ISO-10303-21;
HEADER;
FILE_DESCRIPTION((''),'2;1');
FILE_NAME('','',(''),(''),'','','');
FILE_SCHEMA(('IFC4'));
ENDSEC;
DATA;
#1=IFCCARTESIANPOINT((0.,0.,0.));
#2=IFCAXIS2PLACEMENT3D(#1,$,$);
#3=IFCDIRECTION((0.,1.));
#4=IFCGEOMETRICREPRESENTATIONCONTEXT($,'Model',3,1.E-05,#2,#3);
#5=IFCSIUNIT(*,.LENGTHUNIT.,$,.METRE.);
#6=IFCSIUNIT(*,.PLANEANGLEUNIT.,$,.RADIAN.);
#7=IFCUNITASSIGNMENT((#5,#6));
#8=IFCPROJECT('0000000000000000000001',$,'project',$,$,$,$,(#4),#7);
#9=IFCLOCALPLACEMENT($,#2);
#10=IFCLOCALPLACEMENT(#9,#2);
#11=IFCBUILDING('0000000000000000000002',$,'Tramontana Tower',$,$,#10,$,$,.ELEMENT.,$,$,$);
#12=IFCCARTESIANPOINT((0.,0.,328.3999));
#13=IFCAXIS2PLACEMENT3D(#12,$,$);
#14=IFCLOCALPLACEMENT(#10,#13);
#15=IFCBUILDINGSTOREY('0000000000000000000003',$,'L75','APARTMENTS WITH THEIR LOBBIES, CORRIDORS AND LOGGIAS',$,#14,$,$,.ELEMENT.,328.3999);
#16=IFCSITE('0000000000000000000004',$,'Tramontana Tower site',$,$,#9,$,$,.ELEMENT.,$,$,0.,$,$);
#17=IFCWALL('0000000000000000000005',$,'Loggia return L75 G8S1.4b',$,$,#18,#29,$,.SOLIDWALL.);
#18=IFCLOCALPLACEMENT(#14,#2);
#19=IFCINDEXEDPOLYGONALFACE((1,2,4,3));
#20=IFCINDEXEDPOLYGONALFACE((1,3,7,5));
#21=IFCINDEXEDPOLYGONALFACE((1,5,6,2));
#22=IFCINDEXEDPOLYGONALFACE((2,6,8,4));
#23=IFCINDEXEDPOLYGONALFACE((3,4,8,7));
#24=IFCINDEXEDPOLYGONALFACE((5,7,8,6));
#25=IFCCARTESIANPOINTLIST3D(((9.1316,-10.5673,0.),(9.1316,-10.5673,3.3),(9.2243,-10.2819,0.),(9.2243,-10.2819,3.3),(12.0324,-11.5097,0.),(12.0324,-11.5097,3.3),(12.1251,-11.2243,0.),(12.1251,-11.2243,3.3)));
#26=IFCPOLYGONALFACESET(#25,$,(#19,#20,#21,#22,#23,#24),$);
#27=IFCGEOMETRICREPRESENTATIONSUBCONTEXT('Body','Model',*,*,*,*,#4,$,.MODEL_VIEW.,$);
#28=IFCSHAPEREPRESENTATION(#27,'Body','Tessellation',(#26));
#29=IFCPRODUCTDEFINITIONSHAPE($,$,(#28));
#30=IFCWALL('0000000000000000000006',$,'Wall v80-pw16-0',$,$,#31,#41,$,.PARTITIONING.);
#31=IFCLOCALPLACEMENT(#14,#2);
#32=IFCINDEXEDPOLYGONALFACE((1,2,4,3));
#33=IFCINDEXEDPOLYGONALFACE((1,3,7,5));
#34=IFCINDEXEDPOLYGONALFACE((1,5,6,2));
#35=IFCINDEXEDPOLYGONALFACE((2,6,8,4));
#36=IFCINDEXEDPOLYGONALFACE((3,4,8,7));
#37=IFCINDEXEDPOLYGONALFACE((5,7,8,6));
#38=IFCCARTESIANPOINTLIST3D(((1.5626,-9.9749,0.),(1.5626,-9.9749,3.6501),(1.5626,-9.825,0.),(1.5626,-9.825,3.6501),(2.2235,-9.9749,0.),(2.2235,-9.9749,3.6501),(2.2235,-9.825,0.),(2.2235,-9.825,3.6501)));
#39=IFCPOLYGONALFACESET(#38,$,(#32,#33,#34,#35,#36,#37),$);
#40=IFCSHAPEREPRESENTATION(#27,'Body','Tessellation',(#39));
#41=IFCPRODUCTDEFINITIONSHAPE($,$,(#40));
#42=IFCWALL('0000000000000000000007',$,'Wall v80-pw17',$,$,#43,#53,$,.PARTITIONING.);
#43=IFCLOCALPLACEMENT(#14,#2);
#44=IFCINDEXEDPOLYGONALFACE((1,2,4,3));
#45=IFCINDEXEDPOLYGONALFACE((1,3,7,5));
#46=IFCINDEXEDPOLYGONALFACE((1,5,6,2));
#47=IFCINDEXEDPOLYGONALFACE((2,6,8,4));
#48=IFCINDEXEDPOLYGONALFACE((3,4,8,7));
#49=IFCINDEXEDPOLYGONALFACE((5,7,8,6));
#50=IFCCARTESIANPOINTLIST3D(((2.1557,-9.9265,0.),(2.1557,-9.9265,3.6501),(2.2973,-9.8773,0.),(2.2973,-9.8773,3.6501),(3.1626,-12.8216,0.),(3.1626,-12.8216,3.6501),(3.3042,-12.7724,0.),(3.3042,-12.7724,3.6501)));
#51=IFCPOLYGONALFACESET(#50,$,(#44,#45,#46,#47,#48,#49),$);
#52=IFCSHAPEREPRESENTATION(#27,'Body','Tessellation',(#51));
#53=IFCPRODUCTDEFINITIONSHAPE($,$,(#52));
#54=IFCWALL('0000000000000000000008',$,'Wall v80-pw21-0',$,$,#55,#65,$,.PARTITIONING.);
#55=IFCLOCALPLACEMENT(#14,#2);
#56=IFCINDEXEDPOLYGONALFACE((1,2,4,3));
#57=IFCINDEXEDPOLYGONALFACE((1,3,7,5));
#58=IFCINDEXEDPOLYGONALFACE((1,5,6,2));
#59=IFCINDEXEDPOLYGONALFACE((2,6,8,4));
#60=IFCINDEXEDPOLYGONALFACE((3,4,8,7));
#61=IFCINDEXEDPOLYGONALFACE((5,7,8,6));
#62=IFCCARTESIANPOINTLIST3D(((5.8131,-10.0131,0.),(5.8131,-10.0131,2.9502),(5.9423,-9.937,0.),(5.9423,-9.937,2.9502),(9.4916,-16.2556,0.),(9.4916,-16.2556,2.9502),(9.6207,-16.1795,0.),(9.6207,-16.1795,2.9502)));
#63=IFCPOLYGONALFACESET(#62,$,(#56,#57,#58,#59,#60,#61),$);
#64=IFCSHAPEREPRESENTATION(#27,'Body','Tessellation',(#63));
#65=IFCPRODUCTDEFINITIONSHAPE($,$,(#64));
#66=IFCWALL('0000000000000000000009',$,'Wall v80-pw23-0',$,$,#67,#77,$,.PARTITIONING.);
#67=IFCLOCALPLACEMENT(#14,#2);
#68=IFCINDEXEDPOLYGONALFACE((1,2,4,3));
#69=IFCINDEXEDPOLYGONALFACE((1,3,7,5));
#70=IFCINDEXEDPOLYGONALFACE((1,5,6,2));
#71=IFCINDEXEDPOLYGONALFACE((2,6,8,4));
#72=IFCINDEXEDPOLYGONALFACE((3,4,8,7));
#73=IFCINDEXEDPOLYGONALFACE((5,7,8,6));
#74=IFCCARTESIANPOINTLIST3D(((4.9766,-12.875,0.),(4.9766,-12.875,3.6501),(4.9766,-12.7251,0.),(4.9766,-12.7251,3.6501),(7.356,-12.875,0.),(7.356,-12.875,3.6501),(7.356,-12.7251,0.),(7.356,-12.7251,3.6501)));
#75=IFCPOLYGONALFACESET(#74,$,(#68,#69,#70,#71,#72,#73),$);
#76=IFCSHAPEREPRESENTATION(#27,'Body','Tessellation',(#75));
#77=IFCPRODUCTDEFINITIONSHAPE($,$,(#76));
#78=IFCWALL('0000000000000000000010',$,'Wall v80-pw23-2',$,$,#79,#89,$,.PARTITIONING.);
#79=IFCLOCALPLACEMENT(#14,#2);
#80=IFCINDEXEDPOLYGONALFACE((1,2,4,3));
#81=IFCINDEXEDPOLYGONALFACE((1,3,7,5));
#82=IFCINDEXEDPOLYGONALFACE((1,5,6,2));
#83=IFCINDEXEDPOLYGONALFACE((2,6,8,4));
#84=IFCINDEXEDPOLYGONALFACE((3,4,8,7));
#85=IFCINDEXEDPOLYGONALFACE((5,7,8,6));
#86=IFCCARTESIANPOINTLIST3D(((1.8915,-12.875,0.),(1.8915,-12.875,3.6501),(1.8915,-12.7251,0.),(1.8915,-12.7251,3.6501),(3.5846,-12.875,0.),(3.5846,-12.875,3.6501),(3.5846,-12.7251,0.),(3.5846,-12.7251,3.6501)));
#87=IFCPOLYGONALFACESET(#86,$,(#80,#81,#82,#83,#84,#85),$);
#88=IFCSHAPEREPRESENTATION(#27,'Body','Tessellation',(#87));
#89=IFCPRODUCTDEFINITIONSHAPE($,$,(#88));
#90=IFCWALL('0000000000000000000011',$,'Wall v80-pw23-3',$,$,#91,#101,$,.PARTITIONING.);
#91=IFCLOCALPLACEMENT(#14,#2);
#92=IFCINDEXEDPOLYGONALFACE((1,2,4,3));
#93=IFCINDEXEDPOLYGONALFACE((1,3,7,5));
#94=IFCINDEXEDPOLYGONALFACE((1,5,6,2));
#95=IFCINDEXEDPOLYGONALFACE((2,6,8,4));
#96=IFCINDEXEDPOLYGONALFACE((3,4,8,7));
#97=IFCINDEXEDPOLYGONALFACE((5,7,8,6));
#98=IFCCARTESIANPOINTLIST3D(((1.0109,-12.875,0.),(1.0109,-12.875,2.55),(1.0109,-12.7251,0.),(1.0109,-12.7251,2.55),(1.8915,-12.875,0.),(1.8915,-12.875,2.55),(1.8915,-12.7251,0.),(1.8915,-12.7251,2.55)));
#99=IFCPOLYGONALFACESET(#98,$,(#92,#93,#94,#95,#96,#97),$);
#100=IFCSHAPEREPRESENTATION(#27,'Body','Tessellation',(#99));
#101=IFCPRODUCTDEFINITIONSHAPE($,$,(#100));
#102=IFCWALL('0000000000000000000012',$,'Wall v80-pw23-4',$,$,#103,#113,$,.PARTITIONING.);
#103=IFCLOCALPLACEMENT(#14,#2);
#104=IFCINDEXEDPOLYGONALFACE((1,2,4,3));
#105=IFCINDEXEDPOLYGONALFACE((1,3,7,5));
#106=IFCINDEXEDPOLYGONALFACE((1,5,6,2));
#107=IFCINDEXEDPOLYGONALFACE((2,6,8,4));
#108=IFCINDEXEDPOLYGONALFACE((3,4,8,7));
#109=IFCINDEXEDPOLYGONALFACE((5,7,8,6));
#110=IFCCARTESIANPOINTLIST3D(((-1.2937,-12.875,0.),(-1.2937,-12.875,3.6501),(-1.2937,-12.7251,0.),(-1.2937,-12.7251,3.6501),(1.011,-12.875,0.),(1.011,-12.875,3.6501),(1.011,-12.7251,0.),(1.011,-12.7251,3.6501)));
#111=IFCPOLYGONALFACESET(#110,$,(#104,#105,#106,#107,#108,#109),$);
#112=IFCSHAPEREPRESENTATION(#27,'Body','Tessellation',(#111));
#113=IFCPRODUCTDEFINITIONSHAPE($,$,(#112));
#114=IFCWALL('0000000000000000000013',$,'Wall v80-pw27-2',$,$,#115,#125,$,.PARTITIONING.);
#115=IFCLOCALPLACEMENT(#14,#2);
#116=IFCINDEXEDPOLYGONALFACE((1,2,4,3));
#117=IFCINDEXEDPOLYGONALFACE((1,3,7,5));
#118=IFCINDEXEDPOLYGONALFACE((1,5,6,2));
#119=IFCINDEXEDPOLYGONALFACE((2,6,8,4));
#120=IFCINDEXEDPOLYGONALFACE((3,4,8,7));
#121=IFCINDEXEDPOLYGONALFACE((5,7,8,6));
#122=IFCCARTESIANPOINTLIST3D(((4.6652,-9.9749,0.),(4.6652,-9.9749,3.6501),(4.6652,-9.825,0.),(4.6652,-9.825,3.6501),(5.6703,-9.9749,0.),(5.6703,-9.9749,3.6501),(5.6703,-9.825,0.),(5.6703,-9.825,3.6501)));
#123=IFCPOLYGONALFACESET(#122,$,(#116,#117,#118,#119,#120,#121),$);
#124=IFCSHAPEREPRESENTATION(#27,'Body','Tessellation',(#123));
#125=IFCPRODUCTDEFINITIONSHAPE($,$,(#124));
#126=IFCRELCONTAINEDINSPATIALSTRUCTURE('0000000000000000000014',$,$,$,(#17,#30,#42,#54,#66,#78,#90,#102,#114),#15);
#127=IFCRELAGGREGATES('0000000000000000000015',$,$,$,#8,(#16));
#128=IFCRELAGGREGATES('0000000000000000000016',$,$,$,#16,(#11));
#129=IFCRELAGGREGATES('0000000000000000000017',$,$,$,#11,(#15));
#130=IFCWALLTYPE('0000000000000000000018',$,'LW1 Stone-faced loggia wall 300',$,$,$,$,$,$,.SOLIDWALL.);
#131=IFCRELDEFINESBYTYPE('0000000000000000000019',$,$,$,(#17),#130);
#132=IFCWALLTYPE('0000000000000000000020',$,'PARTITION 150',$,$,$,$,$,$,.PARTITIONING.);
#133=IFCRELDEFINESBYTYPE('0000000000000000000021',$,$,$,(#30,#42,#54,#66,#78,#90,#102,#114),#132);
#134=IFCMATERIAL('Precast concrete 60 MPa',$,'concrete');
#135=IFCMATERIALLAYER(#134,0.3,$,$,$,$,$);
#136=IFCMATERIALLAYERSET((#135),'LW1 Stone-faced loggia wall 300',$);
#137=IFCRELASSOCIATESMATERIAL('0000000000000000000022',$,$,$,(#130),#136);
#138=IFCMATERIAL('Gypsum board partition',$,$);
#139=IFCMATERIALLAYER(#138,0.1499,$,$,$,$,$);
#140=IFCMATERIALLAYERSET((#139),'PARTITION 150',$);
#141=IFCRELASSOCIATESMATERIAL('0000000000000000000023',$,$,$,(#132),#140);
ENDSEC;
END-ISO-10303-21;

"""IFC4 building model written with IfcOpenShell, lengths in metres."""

from ifc_helpers import new_model, si_unit, direction, frame, frame_2d, origin, place, context, subcontext, project, spatial, rectangle, extrude, material, layer, layer_set, type_object, element, save


model = new_model("IFC4")

# Units and contexts
model_context = context("Model", 3, precision=1e-05, world=origin(), true_north=direction((0.0, 1.0)))
body_context = subcontext(model_context, "Body", "Model", "MODEL_VIEW")
ifc_project = project(units=[si_unit("LENGTHUNIT", "METRE"), si_unit("PLANEANGLEUNIT", "RADIAN")], contexts=[model_context])

# Site, building, storey
site_placement = place(None, origin())
site = spatial("IfcSite", under=ifc_project, at=site_placement, Name="Tramontana Tower site", CompositionType="ELEMENT", RefElevation=0.0)
building_placement = place(site_placement, origin())
building = spatial("IfcBuilding", under=site, at=building_placement, Name="Tramontana Tower", CompositionType="ELEMENT")
storey_placement = place(building_placement, frame((0.0, 0.0, 328.3999)))
storey = spatial("IfcBuildingStorey", under=building, at=storey_placement, Name="L75", Description="APARTMENTS WITH THEIR LOBBIES, CORRIDORS AND LOGGIAS", CompositionType="ELEMENT", Elevation=328.3999)

# Shared definitions
ifc_material_1 = material(Name="Precast concrete 60 MPa", Category="concrete")
ifc_layer_1 = layer(ifc_material_1, 0.3)
ifc_layer_set_1 = layer_set([ifc_layer_1], Name="LW1 Stone-faced loggia wall 300")
wall_type_1 = type_object("IfcWallType", Name="LW1 Stone-faced loggia wall 300", PredefinedType="SOLIDWALL", material=ifc_layer_set_1)

# Walls
for number, where, z_axis, x_axis, name in (
    (1, (12.0786, -11.3669, 0.0), (0.0, 0.0, 1.0), (-0.951073, 0.308967, 0.0), "Loggia return L75 G8S1.4b"),
):
    element("IfcWall", number, at=place(storey_placement, frame(where, z_axis=z_axis, x_axis=x_axis)), inside=storey, type_object=wall_type_1, Name=name, PredefinedType="SOLIDWALL", context=body_context, shape_type="SweptSolid", body=[
        extrude(rectangle(XDim=3.05, YDim=0.3, at=frame_2d((1.5249, 0.0))), origin(), (0.0, 0.0, 1.0), 3.3),
    ])
ifc_material_2 = material(Name="Gypsum board partition")
ifc_layer_2 = layer(ifc_material_2, 0.1499)
ifc_layer_set_2 = layer_set([ifc_layer_2], Name="PARTITION 150")
wall_type_2 = type_object("IfcWallType", Name="PARTITION 150", PredefinedType="PARTITIONING", material=ifc_layer_set_2)
wall_1_placement = place(storey_placement, frame((2.2236, -9.8999, 0.0), z_axis=(0.0, 0.0, 1.0), x_axis=(-1.0, 0.0, 0.0)))
element("IfcWall", 2, at=wall_1_placement, inside=storey, type_object=wall_type_2, Name="Wall v80-pw16-0", PredefinedType="PARTITIONING", context=body_context, shape_type="SweptSolid", body=[
    extrude(rectangle(XDim=0.6609, YDim=0.1499, at=frame_2d((0.3306, 0.0))), origin(), (0.0, 0.0, 1.0), 3.6501),
])

# Wall
wall_2_placement = place(storey_placement, frame((3.2334, -12.7971, 0.0), z_axis=(0.0, 0.0, 1.0), x_axis=(-0.328484, 0.94451, 0.0)))
element("IfcWall", 3, at=wall_2_placement, inside=storey, type_object=wall_type_2, Name="Wall v80-pw17", PredefinedType="PARTITIONING", context=body_context, shape_type="SweptSolid", body=[
    extrude(rectangle(XDim=3.0652, YDim=0.1499, at=frame_2d((1.5327, 0.0))), origin(), (0.0, 0.0, 1.0), 3.6501),
])

# Walls
wall_3_placement = place(storey_placement, frame((5.8777, -9.9751, 0.0), z_axis=(0.0, 0.0, 1.0), x_axis=(0.507681, -0.861545, 0.0)))
element("IfcWall", 4, at=wall_3_placement, inside=storey, type_object=wall_type_2, Name="Wall v80-pw21-0", PredefinedType="PARTITIONING", context=body_context, shape_type="SweptSolid", body=[
    extrude(rectangle(XDim=7.2456, YDim=0.1499, at=frame_2d((3.6228, 0.0))), origin(), (0.0, 0.0, 1.0), 2.9502),
])
wall_4_placement = place(storey_placement, frame((7.356, -12.8, 0.0), z_axis=(0.0, 0.0, 1.0), x_axis=(-1.0, 0.0, 0.0)))
element("IfcWall", 5, at=wall_4_placement, inside=storey, type_object=wall_type_2, Name="Wall v80-pw23-0", PredefinedType="PARTITIONING", context=body_context, shape_type="SweptSolid", body=[
    extrude(rectangle(XDim=2.3794, YDim=0.1499, at=frame_2d((1.1897, 0.0))), origin(), (0.0, 0.0, 1.0), 3.6501),
])

# Walls
wall_5_placement = place(storey_placement, frame((3.5847, -12.8, 0.0), z_axis=(0.0, 0.0, 1.0), x_axis=(-1.0, 0.0, 0.0)))
element("IfcWall", 6, at=wall_5_placement, inside=storey, type_object=wall_type_2, Name="Wall v80-pw23-2", PredefinedType="PARTITIONING", context=body_context, shape_type="SweptSolid", body=[
    extrude(rectangle(XDim=1.6931, YDim=0.1499, at=frame_2d((0.8467, 0.0))), origin(), (0.0, 0.0, 1.0), 3.6501),
])
wall_6_placement = place(storey_placement, frame((1.8916, -12.8, 0.0), z_axis=(0.0, 0.0, 1.0), x_axis=(-1.0, 0.0, 0.0)))
element("IfcWall", 7, at=wall_6_placement, inside=storey, type_object=wall_type_2, Name="Wall v80-pw23-3", PredefinedType="PARTITIONING", context=body_context, shape_type="SweptSolid", body=[
    extrude(rectangle(XDim=0.8806, YDim=0.1499, at=frame_2d((0.4404, 0.0))), origin(), (0.0, 0.0, 1.0), 2.55),
])
wall_7_placement = place(storey_placement, frame((1.011, -12.8, 0.0), z_axis=(0.0, 0.0, 1.0), x_axis=(-1.0, 0.0, 0.0)))
element("IfcWall", 8, at=wall_7_placement, inside=storey, type_object=wall_type_2, Name="Wall v80-pw23-4", PredefinedType="PARTITIONING", context=body_context, shape_type="SweptSolid", body=[
    extrude(rectangle(XDim=2.3047, YDim=0.1499, at=frame_2d((1.1523, 0.0))), origin(), (0.0, 0.0, 1.0), 3.6501),
])
wall_8_placement = place(storey_placement, frame((5.6702, -9.8999, 0.0), z_axis=(0.0, 0.0, 1.0), x_axis=(-1.0, 0.0, 0.0)))
element("IfcWall", 9, at=wall_8_placement, inside=storey, type_object=wall_type_2, Name="Wall v80-pw27-2", PredefinedType="PARTITIONING", context=body_context, shape_type="SweptSolid", body=[
    extrude(rectangle(XDim=1.0051, YDim=0.1499, at=frame_2d((0.5024, 0.0))), origin(), (0.0, 0.0, 1.0), 3.6501),
])

save(model, "model.ifc")
